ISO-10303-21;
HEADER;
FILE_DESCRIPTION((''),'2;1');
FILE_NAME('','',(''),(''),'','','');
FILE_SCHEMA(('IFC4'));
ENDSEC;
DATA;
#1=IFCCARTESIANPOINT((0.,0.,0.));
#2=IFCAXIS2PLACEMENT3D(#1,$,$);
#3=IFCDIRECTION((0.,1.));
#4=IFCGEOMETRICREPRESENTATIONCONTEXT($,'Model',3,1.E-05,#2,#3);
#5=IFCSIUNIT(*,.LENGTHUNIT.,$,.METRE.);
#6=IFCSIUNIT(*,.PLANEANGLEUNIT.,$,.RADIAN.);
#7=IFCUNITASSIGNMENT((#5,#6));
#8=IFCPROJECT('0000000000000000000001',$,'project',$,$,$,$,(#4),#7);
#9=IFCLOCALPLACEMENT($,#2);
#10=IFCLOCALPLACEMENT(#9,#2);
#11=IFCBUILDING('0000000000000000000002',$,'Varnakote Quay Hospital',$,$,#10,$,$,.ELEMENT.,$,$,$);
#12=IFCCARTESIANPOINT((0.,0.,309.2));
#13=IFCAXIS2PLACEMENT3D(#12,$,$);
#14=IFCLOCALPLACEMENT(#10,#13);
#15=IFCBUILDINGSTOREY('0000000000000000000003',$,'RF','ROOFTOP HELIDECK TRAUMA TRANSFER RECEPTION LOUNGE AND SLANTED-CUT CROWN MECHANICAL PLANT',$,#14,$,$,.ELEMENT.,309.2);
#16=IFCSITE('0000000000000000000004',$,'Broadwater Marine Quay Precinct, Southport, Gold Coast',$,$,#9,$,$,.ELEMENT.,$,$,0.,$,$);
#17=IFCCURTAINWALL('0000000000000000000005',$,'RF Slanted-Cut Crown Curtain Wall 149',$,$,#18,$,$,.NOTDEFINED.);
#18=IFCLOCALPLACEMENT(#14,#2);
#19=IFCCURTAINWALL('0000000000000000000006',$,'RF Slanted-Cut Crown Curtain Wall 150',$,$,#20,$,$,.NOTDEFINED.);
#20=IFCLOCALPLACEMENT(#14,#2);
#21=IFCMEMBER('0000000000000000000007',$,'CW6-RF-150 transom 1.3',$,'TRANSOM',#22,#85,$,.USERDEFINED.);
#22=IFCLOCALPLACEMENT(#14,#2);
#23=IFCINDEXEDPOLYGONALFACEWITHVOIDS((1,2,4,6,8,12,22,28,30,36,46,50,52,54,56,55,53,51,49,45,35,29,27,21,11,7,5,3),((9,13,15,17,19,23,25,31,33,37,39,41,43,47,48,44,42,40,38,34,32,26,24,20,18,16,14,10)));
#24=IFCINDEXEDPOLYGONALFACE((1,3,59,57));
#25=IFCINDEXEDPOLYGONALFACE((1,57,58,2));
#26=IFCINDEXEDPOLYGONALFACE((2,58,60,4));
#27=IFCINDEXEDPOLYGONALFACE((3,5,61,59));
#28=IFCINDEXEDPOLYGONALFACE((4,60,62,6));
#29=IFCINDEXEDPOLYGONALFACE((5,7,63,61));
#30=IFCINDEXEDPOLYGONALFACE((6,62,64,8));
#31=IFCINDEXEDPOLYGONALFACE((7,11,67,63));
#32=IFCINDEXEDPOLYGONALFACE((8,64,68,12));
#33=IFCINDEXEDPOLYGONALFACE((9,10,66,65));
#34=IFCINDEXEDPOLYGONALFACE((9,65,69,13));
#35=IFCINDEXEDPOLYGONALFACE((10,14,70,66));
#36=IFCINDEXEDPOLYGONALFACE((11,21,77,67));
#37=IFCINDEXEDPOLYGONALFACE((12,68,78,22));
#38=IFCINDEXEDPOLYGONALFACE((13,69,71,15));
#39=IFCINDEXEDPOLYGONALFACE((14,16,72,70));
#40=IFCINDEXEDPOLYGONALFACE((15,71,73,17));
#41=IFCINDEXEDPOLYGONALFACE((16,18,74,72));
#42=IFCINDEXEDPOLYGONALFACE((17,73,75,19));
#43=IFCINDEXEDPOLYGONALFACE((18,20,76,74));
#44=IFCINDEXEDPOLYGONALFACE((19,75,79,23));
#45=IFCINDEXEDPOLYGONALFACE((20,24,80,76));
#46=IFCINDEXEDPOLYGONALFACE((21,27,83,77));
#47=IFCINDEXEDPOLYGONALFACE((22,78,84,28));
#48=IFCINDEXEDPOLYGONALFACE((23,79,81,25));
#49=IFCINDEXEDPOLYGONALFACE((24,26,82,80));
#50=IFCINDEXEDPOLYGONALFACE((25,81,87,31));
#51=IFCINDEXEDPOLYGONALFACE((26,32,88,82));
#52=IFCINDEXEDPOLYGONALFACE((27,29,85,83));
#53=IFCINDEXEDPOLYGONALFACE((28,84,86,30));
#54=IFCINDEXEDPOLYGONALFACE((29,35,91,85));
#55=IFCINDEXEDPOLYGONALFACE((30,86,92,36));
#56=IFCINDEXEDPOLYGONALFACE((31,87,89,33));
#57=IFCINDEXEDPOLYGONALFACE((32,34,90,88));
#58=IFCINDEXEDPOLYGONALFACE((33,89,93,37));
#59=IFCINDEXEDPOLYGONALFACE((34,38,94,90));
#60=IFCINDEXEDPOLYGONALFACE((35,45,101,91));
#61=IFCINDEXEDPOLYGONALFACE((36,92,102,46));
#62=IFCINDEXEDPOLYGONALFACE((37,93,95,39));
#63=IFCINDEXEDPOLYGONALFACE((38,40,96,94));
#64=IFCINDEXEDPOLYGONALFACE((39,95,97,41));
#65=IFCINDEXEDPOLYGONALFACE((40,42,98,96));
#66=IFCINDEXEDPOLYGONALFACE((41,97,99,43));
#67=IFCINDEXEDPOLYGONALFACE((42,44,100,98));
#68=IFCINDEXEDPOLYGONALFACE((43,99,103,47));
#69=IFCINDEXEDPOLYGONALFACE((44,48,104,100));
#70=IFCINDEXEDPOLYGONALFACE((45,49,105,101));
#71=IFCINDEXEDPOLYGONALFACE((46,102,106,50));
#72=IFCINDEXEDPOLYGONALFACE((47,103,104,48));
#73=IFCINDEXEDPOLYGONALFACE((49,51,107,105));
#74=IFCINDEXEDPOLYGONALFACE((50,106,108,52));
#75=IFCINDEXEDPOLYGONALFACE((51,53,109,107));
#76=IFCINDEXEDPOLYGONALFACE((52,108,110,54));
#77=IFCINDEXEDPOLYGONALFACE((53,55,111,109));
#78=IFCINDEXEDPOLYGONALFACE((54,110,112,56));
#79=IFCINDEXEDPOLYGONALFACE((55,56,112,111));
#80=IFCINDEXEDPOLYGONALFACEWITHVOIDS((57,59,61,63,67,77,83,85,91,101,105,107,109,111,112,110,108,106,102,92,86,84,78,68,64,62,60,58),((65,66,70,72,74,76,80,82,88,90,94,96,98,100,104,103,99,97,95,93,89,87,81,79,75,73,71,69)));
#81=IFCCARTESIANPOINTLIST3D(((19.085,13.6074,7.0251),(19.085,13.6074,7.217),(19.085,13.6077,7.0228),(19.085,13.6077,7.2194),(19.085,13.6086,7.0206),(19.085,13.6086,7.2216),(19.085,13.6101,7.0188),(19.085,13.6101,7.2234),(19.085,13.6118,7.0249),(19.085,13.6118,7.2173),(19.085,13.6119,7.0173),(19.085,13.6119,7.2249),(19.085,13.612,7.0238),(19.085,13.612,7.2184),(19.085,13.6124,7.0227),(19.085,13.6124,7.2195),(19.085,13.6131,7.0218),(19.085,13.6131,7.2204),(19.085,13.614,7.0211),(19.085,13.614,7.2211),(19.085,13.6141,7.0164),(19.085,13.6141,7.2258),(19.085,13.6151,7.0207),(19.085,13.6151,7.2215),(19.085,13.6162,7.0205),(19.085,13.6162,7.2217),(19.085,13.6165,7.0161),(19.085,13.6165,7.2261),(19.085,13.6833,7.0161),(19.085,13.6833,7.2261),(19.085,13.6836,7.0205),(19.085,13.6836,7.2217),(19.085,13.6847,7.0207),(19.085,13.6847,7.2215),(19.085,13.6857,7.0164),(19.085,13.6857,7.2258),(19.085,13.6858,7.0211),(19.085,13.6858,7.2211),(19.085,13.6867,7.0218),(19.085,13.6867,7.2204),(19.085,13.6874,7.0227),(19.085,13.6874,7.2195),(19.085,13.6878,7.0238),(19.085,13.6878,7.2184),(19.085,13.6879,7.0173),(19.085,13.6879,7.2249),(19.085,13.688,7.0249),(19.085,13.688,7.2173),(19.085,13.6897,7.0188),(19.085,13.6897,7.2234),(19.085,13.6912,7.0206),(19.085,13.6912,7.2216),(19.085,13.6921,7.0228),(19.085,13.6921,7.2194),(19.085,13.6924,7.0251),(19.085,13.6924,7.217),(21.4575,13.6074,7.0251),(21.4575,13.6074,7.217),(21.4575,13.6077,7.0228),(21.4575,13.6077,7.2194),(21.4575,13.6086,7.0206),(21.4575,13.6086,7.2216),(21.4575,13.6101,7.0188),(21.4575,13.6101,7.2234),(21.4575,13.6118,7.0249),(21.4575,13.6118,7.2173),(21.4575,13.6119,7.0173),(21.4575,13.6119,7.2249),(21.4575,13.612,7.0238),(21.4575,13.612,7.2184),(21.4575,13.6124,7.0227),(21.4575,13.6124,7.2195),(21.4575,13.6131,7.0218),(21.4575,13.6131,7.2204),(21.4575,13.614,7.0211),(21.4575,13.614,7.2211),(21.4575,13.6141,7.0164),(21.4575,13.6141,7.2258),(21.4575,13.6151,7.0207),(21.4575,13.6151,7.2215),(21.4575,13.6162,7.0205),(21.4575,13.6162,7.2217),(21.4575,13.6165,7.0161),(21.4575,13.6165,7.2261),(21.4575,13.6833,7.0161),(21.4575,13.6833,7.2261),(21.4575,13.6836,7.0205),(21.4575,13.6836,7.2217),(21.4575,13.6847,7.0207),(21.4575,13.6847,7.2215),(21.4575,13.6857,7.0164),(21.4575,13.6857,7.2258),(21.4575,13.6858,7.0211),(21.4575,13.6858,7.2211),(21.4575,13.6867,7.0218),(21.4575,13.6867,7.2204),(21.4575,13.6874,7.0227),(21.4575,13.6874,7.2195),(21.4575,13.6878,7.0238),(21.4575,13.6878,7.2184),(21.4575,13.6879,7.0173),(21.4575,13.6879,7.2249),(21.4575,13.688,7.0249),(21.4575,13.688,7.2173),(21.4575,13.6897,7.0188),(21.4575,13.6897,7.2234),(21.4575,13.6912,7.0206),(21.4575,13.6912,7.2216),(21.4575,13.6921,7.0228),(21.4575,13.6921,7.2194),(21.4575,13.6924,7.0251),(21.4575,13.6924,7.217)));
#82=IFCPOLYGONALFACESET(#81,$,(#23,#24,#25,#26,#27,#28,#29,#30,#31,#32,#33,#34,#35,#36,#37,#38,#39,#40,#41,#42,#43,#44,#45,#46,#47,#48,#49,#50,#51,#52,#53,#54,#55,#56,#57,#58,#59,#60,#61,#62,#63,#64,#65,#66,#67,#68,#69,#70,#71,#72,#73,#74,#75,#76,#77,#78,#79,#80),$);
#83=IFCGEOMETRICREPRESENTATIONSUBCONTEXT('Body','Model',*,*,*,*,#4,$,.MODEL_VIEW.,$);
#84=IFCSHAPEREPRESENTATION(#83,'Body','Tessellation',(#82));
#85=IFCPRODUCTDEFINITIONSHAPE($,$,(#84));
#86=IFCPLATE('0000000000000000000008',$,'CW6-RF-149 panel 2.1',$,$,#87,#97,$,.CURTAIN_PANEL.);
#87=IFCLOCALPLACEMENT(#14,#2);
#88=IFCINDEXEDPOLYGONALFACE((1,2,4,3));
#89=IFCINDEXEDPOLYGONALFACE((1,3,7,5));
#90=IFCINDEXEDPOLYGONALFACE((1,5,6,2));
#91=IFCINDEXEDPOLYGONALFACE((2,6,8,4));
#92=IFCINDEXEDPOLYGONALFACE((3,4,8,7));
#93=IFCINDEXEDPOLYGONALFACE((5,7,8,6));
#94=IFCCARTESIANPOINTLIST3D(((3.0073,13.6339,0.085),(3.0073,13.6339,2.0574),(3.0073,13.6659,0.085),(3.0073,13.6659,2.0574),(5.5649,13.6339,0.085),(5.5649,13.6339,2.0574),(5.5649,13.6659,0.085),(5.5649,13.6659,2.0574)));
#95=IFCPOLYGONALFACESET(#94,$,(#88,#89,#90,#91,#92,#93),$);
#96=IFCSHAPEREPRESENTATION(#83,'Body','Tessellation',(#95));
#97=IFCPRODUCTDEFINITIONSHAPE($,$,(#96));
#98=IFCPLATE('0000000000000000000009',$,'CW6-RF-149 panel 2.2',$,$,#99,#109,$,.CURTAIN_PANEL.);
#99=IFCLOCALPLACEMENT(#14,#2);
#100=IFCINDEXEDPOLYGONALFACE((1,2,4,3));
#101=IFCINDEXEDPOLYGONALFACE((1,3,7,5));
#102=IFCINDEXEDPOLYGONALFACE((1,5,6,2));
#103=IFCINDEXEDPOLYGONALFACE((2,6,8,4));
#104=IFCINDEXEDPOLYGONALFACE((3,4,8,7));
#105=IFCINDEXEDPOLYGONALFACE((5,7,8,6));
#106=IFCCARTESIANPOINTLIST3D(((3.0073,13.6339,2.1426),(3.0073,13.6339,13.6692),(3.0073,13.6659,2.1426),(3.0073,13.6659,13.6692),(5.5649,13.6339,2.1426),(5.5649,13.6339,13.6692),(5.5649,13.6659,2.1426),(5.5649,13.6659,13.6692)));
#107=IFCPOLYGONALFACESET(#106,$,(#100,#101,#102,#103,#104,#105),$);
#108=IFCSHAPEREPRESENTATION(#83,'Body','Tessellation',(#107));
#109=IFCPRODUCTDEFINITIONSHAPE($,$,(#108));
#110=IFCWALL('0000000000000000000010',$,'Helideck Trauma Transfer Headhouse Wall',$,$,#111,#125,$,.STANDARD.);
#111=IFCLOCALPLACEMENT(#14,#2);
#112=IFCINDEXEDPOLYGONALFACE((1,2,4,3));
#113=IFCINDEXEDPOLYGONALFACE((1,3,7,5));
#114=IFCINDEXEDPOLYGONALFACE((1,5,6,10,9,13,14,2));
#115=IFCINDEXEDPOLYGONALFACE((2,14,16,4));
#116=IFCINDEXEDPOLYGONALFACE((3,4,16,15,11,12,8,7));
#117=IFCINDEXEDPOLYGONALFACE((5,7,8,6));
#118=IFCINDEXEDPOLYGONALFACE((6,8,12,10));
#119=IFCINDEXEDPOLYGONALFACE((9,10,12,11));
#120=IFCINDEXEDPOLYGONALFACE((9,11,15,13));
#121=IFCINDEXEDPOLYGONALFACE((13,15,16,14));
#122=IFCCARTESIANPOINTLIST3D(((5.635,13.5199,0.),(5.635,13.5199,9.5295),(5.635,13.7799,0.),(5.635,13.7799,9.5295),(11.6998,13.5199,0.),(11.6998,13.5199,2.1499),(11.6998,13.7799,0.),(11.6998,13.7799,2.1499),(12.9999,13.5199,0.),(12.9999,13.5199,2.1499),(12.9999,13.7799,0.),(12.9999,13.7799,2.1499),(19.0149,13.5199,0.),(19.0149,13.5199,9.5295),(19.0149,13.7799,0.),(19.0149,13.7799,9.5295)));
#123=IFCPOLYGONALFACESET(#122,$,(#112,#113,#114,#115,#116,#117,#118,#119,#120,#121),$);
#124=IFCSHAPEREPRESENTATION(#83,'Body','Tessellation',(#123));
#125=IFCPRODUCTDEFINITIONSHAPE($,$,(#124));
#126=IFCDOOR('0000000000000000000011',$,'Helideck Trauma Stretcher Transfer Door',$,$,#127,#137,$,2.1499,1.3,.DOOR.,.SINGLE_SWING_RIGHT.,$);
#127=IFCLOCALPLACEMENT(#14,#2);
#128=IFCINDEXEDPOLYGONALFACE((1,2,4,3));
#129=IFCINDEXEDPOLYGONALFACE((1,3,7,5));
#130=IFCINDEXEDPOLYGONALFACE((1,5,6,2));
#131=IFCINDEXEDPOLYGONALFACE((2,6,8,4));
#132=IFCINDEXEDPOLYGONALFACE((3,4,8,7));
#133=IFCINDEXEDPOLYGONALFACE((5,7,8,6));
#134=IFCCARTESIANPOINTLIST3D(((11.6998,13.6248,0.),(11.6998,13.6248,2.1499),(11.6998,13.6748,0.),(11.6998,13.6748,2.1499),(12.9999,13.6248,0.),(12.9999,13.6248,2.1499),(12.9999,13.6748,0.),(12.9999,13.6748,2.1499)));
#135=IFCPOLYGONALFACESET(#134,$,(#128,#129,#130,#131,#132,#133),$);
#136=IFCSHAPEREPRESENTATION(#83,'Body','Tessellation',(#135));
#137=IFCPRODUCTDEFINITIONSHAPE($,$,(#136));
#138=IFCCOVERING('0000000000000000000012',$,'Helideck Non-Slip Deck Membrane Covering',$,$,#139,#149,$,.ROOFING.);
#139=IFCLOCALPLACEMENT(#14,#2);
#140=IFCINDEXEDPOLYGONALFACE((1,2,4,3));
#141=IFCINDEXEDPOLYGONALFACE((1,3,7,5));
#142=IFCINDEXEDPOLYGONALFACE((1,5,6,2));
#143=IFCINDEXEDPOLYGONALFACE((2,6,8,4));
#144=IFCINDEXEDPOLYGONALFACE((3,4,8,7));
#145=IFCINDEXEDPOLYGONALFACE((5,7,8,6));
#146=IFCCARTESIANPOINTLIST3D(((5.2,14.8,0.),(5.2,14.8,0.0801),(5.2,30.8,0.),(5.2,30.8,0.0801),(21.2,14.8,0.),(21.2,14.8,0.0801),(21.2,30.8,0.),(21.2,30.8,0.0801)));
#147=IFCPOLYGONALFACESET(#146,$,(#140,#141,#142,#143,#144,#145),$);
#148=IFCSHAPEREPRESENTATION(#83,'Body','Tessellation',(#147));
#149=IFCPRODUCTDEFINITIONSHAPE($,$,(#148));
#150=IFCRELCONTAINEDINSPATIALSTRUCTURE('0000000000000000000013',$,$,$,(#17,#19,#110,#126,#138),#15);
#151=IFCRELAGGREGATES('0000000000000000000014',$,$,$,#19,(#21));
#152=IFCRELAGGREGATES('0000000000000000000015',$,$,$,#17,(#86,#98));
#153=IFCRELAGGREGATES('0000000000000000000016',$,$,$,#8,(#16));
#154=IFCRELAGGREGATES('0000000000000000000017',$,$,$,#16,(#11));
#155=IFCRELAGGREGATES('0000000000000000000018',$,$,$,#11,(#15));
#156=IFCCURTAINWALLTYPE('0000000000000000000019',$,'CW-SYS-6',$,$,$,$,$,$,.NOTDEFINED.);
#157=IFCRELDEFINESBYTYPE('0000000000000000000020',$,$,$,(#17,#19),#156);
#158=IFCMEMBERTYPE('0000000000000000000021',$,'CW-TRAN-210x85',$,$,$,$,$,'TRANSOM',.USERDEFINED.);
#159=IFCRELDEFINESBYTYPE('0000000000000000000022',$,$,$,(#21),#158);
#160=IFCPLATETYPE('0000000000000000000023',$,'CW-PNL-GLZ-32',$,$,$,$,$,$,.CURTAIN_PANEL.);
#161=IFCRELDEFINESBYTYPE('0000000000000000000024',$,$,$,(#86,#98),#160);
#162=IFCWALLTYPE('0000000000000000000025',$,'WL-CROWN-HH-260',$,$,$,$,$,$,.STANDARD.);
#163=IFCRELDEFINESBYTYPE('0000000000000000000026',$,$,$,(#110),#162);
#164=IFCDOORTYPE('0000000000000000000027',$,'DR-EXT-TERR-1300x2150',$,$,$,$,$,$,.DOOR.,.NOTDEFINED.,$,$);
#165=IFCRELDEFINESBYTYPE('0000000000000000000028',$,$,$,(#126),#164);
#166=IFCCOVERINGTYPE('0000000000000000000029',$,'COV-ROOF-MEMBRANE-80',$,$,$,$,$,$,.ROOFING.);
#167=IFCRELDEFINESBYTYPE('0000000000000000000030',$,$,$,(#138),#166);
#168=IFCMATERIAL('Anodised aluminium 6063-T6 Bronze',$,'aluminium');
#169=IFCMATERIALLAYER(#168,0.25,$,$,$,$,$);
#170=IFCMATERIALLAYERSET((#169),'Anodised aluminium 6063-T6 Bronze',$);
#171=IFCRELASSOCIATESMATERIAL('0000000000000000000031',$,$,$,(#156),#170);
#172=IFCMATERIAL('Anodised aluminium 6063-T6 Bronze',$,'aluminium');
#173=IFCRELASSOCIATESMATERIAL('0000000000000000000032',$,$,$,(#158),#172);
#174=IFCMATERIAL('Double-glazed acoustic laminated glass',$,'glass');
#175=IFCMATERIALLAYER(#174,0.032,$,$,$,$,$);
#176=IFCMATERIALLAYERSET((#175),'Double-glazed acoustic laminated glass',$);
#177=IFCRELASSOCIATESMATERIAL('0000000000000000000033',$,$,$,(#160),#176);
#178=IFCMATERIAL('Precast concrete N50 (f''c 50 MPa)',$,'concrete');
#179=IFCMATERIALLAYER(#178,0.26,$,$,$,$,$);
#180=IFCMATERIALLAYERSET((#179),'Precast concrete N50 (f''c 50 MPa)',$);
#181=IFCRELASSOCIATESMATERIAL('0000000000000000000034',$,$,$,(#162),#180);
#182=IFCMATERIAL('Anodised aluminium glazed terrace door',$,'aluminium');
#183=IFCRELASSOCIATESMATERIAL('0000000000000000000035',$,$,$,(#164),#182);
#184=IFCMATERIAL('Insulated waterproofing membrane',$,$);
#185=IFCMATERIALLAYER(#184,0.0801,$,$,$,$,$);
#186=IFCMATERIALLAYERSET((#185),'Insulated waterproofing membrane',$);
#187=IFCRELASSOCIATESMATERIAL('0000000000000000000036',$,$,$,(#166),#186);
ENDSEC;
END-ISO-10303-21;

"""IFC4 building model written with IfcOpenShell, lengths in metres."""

from ifc_helpers import new_model, si_unit, direction, frame, frame_2d, origin, origin_2d, place, context, subcontext, project, spatial, rectangle, hollow_rectangle, extrude, material, layer, layer_set, material_profile, profile_set, type_object, element, fill, aggregate, save


model = new_model("IFC4")

# Units and contexts
model_context = context("Model", 3, precision=1e-05, world=origin(), true_north=direction((0.0, 1.0)))
body_context = subcontext(model_context, "Body", "Model", "MODEL_VIEW")
ifc_project = project(units=[si_unit("LENGTHUNIT", "METRE"), si_unit("PLANEANGLEUNIT", "RADIAN")], contexts=[model_context])

# Site, building, storey
site_placement = place(None, origin())
site = spatial("IfcSite", under=ifc_project, at=site_placement, Name="Broadwater Marine Quay Precinct, Southport, Gold Coast", CompositionType="ELEMENT", RefElevation=0.0)
building_placement = place(site_placement, origin())
building = spatial("IfcBuilding", under=site, at=building_placement, Name="Varnakote Quay Hospital", CompositionType="ELEMENT")
storey_placement = place(building_placement, frame((0.0, 0.0, 309.2)))
storey = spatial("IfcBuildingStorey", under=building, at=storey_placement, Name="RF", Description="ROOFTOP HELIDECK TRAUMA TRANSFER RECEPTION LOUNGE AND SLANTED-CUT CROWN MECHANICAL PLANT", CompositionType="ELEMENT", Elevation=309.2)

# Curtain walls
ifc_material_1 = material(Name="Anodised aluminium 6063-T6 Bronze", Category="aluminium")
ifc_layer_1 = layer(ifc_material_1, 0.25)
ifc_layer_set_1 = layer_set([ifc_layer_1], Name="Anodised aluminium 6063-T6 Bronze")
curtain_wall_type = type_object("IfcCurtainWallType", Name="CW-SYS-6", PredefinedType="NOTDEFINED", material=ifc_layer_set_1)
curtain_wall_1_placement = place(storey_placement, origin())
curtain_wall_1 = element("IfcCurtainWall", 1, at=curtain_wall_1_placement, inside=storey, type_object=curtain_wall_type, Name="RF Slanted-Cut Crown Curtain Wall 149", PredefinedType="NOTDEFINED")
curtain_wall_2_placement = place(storey_placement, origin())
curtain_wall_2 = element("IfcCurtainWall", 2, at=curtain_wall_2_placement, inside=storey, type_object=curtain_wall_type, Name="RF Slanted-Cut Crown Curtain Wall 150", PredefinedType="NOTDEFINED")

# Member
ifc_material_2 = material(Name="Anodised aluminium 6063-T6 Bronze", Category="aluminium")
ifc_material_profile_1 = material_profile(ifc_material_2, hollow_rectangle(XDim=0.085, YDim=0.21, WallThickness=0.0044, InnerFilletRadius=0.0044, OuterFilletRadius=0.009, at=origin_2d()), Name="CW-TRAN-210x85")
ifc_profile_set_1 = profile_set([ifc_material_profile_1], Name="Anodised aluminium 6063-T6 Bronze")
member_type_1 = type_object("IfcMemberType", Name="CW-TRAN-210x85", ElementType="TRANSOM", PredefinedType="USERDEFINED", material=ifc_profile_set_1)
member_1_placement = place(storey_placement, frame((19.085, 13.6499, 7.1211), z_axis=(1.0, 0.0, 0.0), x_axis=(0.0, 1.0, 0.0)))
member_1 = element("IfcMember", 3, at=member_1_placement, type_object=member_type_1, Name="CW6-RF-150 transom 1.3", ObjectType="TRANSOM", PredefinedType="USERDEFINED", context=body_context, shape_type="SweptSolid", body=[
    extrude(hollow_rectangle(XDim=0.085, YDim=0.21, WallThickness=0.0044, InnerFilletRadius=0.0044, OuterFilletRadius=0.009, at=origin_2d()), origin(), (0.0, 0.0, 1.0), 2.3726),
])
aggregate(curtain_wall_2, [member_1])

# Plates
ifc_material_3 = material(Name="Double-glazed acoustic laminated glass", Category="glass")
ifc_layer_2 = layer(ifc_material_3, 0.032)
ifc_layer_set_2 = layer_set([ifc_layer_2], Name="Double-glazed acoustic laminated glass")
plate_type = type_object("IfcPlateType", Name="CW-PNL-GLZ-32", PredefinedType="CURTAIN_PANEL", material=ifc_layer_set_2)
plate_1_placement = place(storey_placement, frame((4.2861, 13.6499, 0.085), z_axis=(0.0, 0.0, 1.0), x_axis=(1.0, 0.0, 0.0)))
plate_1 = element("IfcPlate", 4, at=plate_1_placement, type_object=plate_type, Name="CW6-RF-149 panel 2.1", PredefinedType="CURTAIN_PANEL", context=body_context, shape_type="SweptSolid", body=[
    extrude(rectangle(XDim=2.5576, YDim=0.032, at=origin_2d()), origin(), (0.0, 0.0, 1.0), 1.9724),
])
plate_2_placement = place(storey_placement, frame((4.2861, 13.6499, 2.1426), z_axis=(0.0, 0.0, 1.0), x_axis=(1.0, 0.0, 0.0)))
plate_2 = element("IfcPlate", 5, at=plate_2_placement, type_object=plate_type, Name="CW6-RF-149 panel 2.2", PredefinedType="CURTAIN_PANEL", context=body_context, shape_type="SweptSolid", body=[
    extrude(rectangle(XDim=2.5576, YDim=0.032, at=origin_2d()), origin(), (0.0, 0.0, 1.0), 11.5266),
])
aggregate(curtain_wall_1, [plate_1, plate_2])

# Wall, opening, door
ifc_material_4 = material(Name="Precast concrete N50 (f'c 50 MPa)", Category="concrete")
ifc_layer_3 = layer(ifc_material_4, 0.26)
ifc_layer_set_3 = layer_set([ifc_layer_3], Name="Precast concrete N50 (f'c 50 MPa)")
wall_type = type_object("IfcWallType", Name="WL-CROWN-HH-260", PredefinedType="STANDARD", material=ifc_layer_set_3)
wall_placement = place(storey_placement, frame((5.635, 13.6499, 0.0), z_axis=(0.0, 0.0, 1.0), x_axis=(1.0, 0.0, 0.0)))
wall = element("IfcWall", 6, at=wall_placement, inside=storey, type_object=wall_type, Name="Helideck Trauma Transfer Headhouse Wall", PredefinedType="STANDARD", context=body_context, shape_type="SweptSolid", body=[
    extrude(rectangle(XDim=13.3799, YDim=0.26, at=frame_2d((6.6899, 0.0))), origin(), (0.0, 0.0, 1.0), 9.5295),
])
opening_placement = place(wall_placement, frame((6.0649, 0.0, 0.0)))
opening = element("IfcOpeningElement", 7, at=opening_placement, cuts=wall, PredefinedType="OPENING", context=body_context, shape_type="SweptSolid", body=[
    extrude(rectangle(XDim=1.3, YDim=2.1499, at=frame_2d((0.6499, 1.075))), frame((0.0, 0.1399, 0.0), z_axis=(0.0, -1.0, 0.0), x_axis=(1.0, 0.0, 0.0)), (0.0, 0.0, 1.0), 0.28),
])
ifc_material_5 = material(Name="Anodised aluminium glazed terrace door", Category="aluminium")
door_type = type_object("IfcDoorType", Name="DR-EXT-TERR-1300x2150", OperationType="NOTDEFINED", PredefinedType="DOOR", material=ifc_material_5)
door_placement = place(opening_placement, origin())
door = element("IfcDoor", 8, at=door_placement, inside=storey, type_object=door_type, Name="Helideck Trauma Stretcher Transfer Door", OperationType="SINGLE_SWING_RIGHT", OverallHeight=2.1499, OverallWidth=1.3, PredefinedType="DOOR", context=body_context, shape_type="SweptSolid", body=[
    extrude(rectangle(XDim=1.3, YDim=2.1499, at=frame_2d((0.6499, 1.075))), frame((0.0, 0.0249, 0.0), z_axis=(0.0, -1.0, 0.0), x_axis=(1.0, 0.0, 0.0)), (0.0, 0.0, 1.0), 0.05),
])
fill(opening, door)

# Covering
ifc_material_6 = material(Name="Insulated waterproofing membrane")
ifc_layer_4 = layer(ifc_material_6, 0.0801)
ifc_layer_set_4 = layer_set([ifc_layer_4], Name="Insulated waterproofing membrane")
covering_type = type_object("IfcCoveringType", Name="COV-ROOF-MEMBRANE-80", PredefinedType="ROOFING", material=ifc_layer_set_4)
covering_placement = place(storey_placement, frame((13.2, 22.8, 0.0), z_axis=(0.0, 0.0, 1.0), x_axis=(1.0, 0.0, 0.0)))
element("IfcCovering", 9, at=covering_placement, inside=storey, type_object=covering_type, Name="Helideck Non-Slip Deck Membrane Covering", PredefinedType="ROOFING", context=body_context, shape_type="SweptSolid", body=[
    extrude(rectangle(XDim=16.0, YDim=16.0, at=origin_2d()), origin(), (0.0, 0.0, 1.0), 0.0801),
])

save(model, "model.ifc")
